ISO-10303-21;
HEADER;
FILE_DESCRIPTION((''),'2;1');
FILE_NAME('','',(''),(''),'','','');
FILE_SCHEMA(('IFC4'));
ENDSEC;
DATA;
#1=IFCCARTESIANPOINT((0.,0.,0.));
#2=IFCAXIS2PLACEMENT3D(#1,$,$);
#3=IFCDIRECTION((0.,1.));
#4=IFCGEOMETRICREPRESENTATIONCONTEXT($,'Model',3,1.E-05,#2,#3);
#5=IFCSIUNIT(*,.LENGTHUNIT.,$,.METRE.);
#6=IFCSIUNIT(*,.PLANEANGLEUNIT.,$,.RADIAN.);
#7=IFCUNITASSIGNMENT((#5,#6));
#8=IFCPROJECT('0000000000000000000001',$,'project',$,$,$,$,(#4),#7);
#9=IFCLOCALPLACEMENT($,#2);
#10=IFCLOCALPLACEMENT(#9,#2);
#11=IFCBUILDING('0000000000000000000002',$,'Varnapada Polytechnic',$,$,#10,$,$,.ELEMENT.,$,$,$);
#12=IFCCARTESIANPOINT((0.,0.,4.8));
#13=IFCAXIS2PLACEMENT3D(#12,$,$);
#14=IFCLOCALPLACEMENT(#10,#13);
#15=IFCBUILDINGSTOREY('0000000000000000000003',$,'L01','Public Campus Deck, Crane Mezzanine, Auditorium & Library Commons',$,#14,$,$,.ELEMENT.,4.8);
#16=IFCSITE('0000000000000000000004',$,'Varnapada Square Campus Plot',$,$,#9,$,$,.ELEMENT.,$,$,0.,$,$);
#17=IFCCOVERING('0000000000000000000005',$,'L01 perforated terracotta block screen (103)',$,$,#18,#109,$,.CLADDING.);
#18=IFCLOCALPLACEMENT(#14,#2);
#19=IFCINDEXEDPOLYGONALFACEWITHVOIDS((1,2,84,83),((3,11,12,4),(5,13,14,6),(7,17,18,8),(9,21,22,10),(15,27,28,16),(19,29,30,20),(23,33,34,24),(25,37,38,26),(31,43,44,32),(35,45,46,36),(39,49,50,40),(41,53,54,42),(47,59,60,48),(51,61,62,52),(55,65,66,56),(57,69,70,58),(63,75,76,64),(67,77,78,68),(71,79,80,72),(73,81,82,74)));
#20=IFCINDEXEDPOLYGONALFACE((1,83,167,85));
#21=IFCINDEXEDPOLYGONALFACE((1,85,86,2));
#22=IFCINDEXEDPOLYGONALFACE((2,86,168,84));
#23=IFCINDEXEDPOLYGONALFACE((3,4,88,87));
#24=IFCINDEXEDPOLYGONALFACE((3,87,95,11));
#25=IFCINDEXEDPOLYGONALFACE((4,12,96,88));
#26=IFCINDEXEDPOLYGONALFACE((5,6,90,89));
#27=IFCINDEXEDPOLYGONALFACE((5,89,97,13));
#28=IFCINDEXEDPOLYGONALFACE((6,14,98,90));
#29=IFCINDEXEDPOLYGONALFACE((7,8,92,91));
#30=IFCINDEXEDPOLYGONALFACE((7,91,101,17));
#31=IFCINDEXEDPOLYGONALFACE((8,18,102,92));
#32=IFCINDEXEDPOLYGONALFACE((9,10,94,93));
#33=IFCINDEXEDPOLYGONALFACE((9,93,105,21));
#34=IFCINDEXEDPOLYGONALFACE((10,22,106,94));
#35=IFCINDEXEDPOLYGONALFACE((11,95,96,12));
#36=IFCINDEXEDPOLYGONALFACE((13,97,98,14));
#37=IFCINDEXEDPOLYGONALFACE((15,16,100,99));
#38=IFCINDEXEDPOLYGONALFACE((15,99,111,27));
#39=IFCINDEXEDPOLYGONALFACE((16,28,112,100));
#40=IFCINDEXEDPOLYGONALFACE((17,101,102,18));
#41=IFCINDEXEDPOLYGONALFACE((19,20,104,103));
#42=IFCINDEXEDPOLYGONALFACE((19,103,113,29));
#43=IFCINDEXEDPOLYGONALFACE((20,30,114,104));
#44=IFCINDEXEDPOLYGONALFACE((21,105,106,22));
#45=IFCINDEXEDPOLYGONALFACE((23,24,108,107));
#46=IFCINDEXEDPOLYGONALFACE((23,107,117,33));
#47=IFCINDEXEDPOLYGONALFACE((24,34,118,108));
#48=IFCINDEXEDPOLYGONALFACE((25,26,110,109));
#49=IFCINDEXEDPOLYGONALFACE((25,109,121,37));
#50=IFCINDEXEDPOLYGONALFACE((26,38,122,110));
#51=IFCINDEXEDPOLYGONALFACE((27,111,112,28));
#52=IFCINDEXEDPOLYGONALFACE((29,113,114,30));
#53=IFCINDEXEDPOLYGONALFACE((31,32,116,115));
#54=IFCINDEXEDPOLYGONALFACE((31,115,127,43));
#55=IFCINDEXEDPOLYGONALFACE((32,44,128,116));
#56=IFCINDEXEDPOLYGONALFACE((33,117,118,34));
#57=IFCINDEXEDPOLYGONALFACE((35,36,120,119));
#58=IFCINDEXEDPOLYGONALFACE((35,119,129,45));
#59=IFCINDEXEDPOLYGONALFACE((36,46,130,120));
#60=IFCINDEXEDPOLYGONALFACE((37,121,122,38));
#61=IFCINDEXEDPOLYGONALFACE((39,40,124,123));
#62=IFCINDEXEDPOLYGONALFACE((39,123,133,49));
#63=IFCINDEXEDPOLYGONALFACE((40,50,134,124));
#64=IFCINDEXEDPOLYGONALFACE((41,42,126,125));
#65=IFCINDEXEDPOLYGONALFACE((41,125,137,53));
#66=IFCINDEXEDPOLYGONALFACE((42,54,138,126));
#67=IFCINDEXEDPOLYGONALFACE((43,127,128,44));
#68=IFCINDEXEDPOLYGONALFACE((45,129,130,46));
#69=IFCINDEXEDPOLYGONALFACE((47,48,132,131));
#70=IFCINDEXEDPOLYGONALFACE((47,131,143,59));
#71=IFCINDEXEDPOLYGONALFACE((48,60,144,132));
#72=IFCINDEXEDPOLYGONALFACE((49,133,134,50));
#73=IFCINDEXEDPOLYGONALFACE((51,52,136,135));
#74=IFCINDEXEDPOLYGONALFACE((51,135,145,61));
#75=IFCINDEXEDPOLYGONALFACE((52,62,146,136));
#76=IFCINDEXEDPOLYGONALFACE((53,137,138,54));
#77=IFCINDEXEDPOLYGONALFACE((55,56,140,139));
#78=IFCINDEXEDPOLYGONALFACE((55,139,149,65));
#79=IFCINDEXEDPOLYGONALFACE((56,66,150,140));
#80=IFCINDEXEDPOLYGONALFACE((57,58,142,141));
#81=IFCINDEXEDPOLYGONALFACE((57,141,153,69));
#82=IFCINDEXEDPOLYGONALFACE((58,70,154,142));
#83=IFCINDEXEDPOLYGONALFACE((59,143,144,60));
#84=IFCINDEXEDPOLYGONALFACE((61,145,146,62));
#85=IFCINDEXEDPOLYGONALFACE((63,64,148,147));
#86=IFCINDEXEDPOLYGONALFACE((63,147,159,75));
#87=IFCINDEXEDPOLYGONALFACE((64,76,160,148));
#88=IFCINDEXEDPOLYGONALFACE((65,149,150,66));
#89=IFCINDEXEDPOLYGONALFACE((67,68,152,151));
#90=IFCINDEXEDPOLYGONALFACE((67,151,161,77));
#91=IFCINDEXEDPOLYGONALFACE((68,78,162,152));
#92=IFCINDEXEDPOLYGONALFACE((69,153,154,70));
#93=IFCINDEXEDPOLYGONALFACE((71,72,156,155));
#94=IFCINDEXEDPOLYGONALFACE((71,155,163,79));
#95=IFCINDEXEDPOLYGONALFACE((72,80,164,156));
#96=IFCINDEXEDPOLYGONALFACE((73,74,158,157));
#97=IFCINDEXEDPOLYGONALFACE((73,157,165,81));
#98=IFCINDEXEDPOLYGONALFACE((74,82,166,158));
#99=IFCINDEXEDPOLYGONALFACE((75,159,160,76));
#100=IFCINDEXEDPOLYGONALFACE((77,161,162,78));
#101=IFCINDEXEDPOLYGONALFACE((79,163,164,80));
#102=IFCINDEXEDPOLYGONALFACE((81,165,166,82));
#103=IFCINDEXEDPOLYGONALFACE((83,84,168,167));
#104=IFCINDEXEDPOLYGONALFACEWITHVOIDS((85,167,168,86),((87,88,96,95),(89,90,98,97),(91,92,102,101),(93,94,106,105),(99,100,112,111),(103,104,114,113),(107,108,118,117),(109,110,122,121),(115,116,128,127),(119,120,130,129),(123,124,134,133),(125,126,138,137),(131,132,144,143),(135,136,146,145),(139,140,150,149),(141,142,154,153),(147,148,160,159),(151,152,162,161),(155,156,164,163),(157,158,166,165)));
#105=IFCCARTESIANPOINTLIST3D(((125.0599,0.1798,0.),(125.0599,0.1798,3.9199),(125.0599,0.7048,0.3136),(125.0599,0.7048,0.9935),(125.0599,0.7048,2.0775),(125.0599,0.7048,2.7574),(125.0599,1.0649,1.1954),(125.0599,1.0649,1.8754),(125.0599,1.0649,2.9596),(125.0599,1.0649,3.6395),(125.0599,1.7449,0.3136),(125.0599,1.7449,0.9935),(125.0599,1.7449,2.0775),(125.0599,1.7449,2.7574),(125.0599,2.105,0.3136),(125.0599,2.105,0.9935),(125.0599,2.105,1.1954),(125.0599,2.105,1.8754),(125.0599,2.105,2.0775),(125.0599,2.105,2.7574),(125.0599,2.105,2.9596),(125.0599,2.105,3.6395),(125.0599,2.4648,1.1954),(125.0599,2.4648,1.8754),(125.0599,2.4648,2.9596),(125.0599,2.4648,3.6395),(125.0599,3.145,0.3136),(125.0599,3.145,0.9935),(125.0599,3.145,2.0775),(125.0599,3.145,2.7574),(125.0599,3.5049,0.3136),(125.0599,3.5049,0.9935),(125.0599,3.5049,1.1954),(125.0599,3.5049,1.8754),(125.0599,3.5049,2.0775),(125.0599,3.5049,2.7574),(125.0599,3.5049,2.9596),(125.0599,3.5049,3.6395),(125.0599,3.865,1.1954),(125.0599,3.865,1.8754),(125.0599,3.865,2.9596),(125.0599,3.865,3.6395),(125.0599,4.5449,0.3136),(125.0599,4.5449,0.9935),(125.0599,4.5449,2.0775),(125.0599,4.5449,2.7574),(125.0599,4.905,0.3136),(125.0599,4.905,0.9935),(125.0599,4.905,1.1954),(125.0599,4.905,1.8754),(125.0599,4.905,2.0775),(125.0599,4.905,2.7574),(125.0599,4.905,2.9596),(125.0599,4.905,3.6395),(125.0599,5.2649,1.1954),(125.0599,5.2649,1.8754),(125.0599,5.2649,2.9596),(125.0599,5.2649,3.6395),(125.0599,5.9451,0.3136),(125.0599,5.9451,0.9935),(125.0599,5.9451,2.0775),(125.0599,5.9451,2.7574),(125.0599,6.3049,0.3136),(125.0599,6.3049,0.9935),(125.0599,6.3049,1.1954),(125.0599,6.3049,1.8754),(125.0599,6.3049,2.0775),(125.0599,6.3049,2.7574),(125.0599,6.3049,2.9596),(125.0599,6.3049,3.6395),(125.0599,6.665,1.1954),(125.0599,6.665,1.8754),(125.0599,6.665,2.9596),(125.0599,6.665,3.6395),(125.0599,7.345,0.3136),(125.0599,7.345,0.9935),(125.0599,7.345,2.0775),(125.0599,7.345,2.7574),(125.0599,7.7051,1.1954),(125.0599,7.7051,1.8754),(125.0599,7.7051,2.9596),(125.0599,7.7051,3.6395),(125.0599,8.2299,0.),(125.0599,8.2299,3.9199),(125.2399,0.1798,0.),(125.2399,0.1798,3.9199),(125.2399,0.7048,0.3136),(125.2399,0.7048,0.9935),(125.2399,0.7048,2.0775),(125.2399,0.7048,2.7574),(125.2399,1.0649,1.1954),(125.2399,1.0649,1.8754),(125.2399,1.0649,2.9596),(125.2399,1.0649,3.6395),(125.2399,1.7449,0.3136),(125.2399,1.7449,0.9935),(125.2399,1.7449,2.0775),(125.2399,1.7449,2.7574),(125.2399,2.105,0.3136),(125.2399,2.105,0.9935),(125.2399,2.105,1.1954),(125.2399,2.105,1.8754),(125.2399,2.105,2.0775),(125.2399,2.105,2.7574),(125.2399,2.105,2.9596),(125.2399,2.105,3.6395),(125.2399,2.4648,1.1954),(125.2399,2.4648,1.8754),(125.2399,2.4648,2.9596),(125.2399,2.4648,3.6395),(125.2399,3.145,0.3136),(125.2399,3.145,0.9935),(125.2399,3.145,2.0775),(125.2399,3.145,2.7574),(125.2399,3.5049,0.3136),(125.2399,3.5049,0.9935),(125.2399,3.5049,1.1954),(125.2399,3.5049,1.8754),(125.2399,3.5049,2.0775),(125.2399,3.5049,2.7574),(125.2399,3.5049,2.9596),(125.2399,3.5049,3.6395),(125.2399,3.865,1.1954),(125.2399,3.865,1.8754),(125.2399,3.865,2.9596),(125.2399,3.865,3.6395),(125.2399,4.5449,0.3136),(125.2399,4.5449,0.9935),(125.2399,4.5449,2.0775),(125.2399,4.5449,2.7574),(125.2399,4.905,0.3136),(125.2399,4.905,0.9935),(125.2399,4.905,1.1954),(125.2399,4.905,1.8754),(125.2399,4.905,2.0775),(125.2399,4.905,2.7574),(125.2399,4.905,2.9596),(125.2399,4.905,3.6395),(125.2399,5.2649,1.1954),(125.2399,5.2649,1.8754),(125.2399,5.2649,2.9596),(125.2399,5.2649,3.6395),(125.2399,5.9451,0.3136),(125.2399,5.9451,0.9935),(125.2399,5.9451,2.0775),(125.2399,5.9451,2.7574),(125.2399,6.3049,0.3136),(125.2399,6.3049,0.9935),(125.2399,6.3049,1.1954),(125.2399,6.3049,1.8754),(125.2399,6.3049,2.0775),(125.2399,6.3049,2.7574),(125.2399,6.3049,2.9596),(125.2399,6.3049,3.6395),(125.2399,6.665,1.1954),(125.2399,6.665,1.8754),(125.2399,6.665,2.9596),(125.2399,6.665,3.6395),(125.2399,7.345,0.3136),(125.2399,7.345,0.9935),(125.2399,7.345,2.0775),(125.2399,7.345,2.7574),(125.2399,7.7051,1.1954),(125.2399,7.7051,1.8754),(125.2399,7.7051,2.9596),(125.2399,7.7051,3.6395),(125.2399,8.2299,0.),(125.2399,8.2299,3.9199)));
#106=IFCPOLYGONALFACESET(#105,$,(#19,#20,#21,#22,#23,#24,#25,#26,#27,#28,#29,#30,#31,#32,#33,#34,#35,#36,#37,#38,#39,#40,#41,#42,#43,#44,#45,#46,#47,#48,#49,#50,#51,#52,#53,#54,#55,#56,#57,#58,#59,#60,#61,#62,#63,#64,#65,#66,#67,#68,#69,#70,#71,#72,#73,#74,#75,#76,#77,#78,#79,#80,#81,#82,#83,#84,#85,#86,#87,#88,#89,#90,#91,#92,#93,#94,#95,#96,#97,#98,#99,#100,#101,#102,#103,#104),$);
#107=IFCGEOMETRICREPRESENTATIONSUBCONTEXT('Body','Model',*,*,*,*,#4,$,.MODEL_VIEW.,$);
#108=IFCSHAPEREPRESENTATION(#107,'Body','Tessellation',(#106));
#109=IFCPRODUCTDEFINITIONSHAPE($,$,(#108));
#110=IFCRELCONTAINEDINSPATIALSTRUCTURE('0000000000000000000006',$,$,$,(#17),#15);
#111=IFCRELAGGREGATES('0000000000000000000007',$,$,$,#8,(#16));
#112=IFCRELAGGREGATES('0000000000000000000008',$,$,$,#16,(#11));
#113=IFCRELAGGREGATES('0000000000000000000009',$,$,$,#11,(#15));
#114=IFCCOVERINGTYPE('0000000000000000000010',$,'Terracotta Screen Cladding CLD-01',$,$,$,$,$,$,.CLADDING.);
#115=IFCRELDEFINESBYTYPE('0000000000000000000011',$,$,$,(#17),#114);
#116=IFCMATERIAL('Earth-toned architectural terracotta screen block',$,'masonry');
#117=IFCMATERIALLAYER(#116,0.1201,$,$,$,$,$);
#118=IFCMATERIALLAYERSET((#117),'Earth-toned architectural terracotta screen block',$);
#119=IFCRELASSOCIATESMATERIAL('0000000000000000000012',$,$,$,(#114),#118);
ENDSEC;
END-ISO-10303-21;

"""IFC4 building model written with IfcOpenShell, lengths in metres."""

from ifc_helpers import new_model, si_unit, direction, frame, frame_2d, origin, place, context, subcontext, project, spatial, rectangle, extrude, material, layer, layer_set, type_object, element, save


model = new_model("IFC4")

# Units and contexts
model_context = context("Model", 3, precision=1e-05, world=origin(), true_north=direction((0.0, 1.0)))
body_context = subcontext(model_context, "Body", "Model", "MODEL_VIEW")
ifc_project = project(units=[si_unit("LENGTHUNIT", "METRE"), si_unit("PLANEANGLEUNIT", "RADIAN")], contexts=[model_context])

# Site, building, storey
site_placement = place(None, origin())
site = spatial("IfcSite", under=ifc_project, at=site_placement, Name="Varnapada Square Campus Plot", CompositionType="ELEMENT", RefElevation=0.0)
building_placement = place(site_placement, origin())
building = spatial("IfcBuilding", under=site, at=building_placement, Name="Varnapada Polytechnic", CompositionType="ELEMENT")
storey_placement = place(building_placement, frame((0.0, 0.0, 4.8)))
storey = spatial("IfcBuildingStorey", under=building, at=storey_placement, Name="L01", Description="Public Campus Deck, Crane Mezzanine, Auditorium & Library Commons", CompositionType="ELEMENT", Elevation=4.8)

# Covering, openings
ifc_material = material(Name="Earth-toned architectural terracotta screen block", Category="masonry")
ifc_layer = layer(ifc_material, 0.1201)
ifc_layer_set = layer_set([ifc_layer], Name="Earth-toned architectural terracotta screen block")
covering_type = type_object("IfcCoveringType", Name="Terracotta Screen Cladding CLD-01", PredefinedType="CLADDING", material=ifc_layer_set)
covering_placement = place(storey_placement, frame((125.1499, 0.1799, 0.0), z_axis=(0.0, 0.0, 1.0), x_axis=(0.0, 1.0, 0.0)))
covering = element("IfcCovering", 1, at=covering_placement, inside=storey, type_object=covering_type, Name="L01 perforated terracotta block screen (103)", PredefinedType="CLADDING", context=body_context, shape_type="SweptSolid", body=[
    extrude(rectangle(XDim=8.05, YDim=0.1799, at=frame_2d((4.0249, 0.0))), origin(), (0.0, 0.0, 1.0), 3.9199),
])
opening_1_placement = place(covering_placement, frame((0.5249, 0.0, 0.3137)))
element("IfcOpeningElement", 2, at=opening_1_placement, cuts=covering, PredefinedType="OPENING", context=body_context, shape_type="SweptSolid", body=[
    extrude(rectangle(XDim=1.04, YDim=0.6799, at=frame_2d((0.52, 0.3398))), frame((0.0, 0.0999, 0.0), z_axis=(0.0, -1.0, 0.0), x_axis=(1.0, 0.0, 0.0)), (0.0, 0.0, 1.0), 0.2),
])
opening_2_placement = place(covering_placement, frame((1.925, 0.0, 0.3137)))
element("IfcOpeningElement", 3, at=opening_2_placement, cuts=covering, PredefinedType="OPENING", context=body_context, shape_type="SweptSolid", body=[
    extrude(rectangle(XDim=1.04, YDim=0.6799, at=frame_2d((0.52, 0.3398))), frame((0.0, 0.0999, 0.0), z_axis=(0.0, -1.0, 0.0), x_axis=(1.0, 0.0, 0.0)), (0.0, 0.0, 1.0), 0.2),
])
opening_3_placement = place(covering_placement, frame((3.325, 0.0, 0.3137)))
element("IfcOpeningElement", 4, at=opening_3_placement, cuts=covering, PredefinedType="OPENING", context=body_context, shape_type="SweptSolid", body=[
    extrude(rectangle(XDim=1.04, YDim=0.6799, at=frame_2d((0.52, 0.3398))), frame((0.0, 0.0999, 0.0), z_axis=(0.0, -1.0, 0.0), x_axis=(1.0, 0.0, 0.0)), (0.0, 0.0, 1.0), 0.2),
])
opening_4_placement = place(covering_placement, frame((4.7251, 0.0, 0.3137)))
element("IfcOpeningElement", 5, at=opening_4_placement, cuts=covering, PredefinedType="OPENING", context=body_context, shape_type="SweptSolid", body=[
    extrude(rectangle(XDim=1.04, YDim=0.6799, at=frame_2d((0.52, 0.3398))), frame((0.0, 0.0999, 0.0), z_axis=(0.0, -1.0, 0.0), x_axis=(1.0, 0.0, 0.0)), (0.0, 0.0, 1.0), 0.2),
])
opening_5_placement = place(covering_placement, frame((6.125, 0.0, 0.3137)))
element("IfcOpeningElement", 6, at=opening_5_placement, cuts=covering, PredefinedType="OPENING", context=body_context, shape_type="SweptSolid", body=[
    extrude(rectangle(XDim=1.04, YDim=0.6799, at=frame_2d((0.52, 0.3398))), frame((0.0, 0.0999, 0.0), z_axis=(0.0, -1.0, 0.0), x_axis=(1.0, 0.0, 0.0)), (0.0, 0.0, 1.0), 0.2),
])
opening_6_placement = place(covering_placement, frame((0.885, 0.0, 1.1956)))
element("IfcOpeningElement", 7, at=opening_6_placement, cuts=covering, PredefinedType="OPENING", context=body_context, shape_type="SweptSolid", body=[
    extrude(rectangle(XDim=1.04, YDim=0.6799, at=frame_2d((0.52, 0.3398))), frame((0.0, 0.0999, 0.0), z_axis=(0.0, -1.0, 0.0), x_axis=(1.0, 0.0, 0.0)), (0.0, 0.0, 1.0), 0.2),
])
opening_7_placement = place(covering_placement, frame((2.2849, 0.0, 1.1956)))
element("IfcOpeningElement", 8, at=opening_7_placement, cuts=covering, PredefinedType="OPENING", context=body_context, shape_type="SweptSolid", body=[
    extrude(rectangle(XDim=1.04, YDim=0.6799, at=frame_2d((0.52, 0.3398))), frame((0.0, 0.0999, 0.0), z_axis=(0.0, -1.0, 0.0), x_axis=(1.0, 0.0, 0.0)), (0.0, 0.0, 1.0), 0.2),
])
opening_8_placement = place(covering_placement, frame((3.6851, 0.0, 1.1956)))
element("IfcOpeningElement", 9, at=opening_8_placement, cuts=covering, PredefinedType="OPENING", context=body_context, shape_type="SweptSolid", body=[
    extrude(rectangle(XDim=1.04, YDim=0.6799, at=frame_2d((0.52, 0.3398))), frame((0.0, 0.0999, 0.0), z_axis=(0.0, -1.0, 0.0), x_axis=(1.0, 0.0, 0.0)), (0.0, 0.0, 1.0), 0.2),
])
opening_9_placement = place(covering_placement, frame((5.085, 0.0, 1.1956)))
element("IfcOpeningElement", 10, at=opening_9_placement, cuts=covering, PredefinedType="OPENING", context=body_context, shape_type="SweptSolid", body=[
    extrude(rectangle(XDim=1.04, YDim=0.6799, at=frame_2d((0.52, 0.3398))), frame((0.0, 0.0999, 0.0), z_axis=(0.0, -1.0, 0.0), x_axis=(1.0, 0.0, 0.0)), (0.0, 0.0, 1.0), 0.2),
])
opening_10_placement = place(covering_placement, frame((6.4851, 0.0, 1.1956)))
element("IfcOpeningElement", 11, at=opening_10_placement, cuts=covering, PredefinedType="OPENING", context=body_context, shape_type="SweptSolid", body=[
    extrude(rectangle(XDim=1.04, YDim=0.6799, at=frame_2d((0.52, 0.3398))), frame((0.0, 0.0999, 0.0), z_axis=(0.0, -1.0, 0.0), x_axis=(1.0, 0.0, 0.0)), (0.0, 0.0, 1.0), 0.2),
])
opening_11_placement = place(covering_placement, frame((0.5249, 0.0, 2.0776)))
element("IfcOpeningElement", 12, at=opening_11_placement, cuts=covering, PredefinedType="OPENING", context=body_context, shape_type="SweptSolid", body=[
    extrude(rectangle(XDim=1.04, YDim=0.6799, at=frame_2d((0.52, 0.3398))), frame((0.0, 0.0999, 0.0), z_axis=(0.0, -1.0, 0.0), x_axis=(1.0, 0.0, 0.0)), (0.0, 0.0, 1.0), 0.2),
])
opening_12_placement = place(covering_placement, frame((1.925, 0.0, 2.0776)))
element("IfcOpeningElement", 13, at=opening_12_placement, cuts=covering, PredefinedType="OPENING", context=body_context, shape_type="SweptSolid", body=[
    extrude(rectangle(XDim=1.04, YDim=0.6799, at=frame_2d((0.52, 0.3398))), frame((0.0, 0.0999, 0.0), z_axis=(0.0, -1.0, 0.0), x_axis=(1.0, 0.0, 0.0)), (0.0, 0.0, 1.0), 0.2),
])
opening_13_placement = place(covering_placement, frame((3.325, 0.0, 2.0776)))
element("IfcOpeningElement", 14, at=opening_13_placement, cuts=covering, PredefinedType="OPENING", context=body_context, shape_type="SweptSolid", body=[
    extrude(rectangle(XDim=1.04, YDim=0.6799, at=frame_2d((0.52, 0.3398))), frame((0.0, 0.0999, 0.0), z_axis=(0.0, -1.0, 0.0), x_axis=(1.0, 0.0, 0.0)), (0.0, 0.0, 1.0), 0.2),
])
opening_14_placement = place(covering_placement, frame((4.7251, 0.0, 2.0776)))
element("IfcOpeningElement", 15, at=opening_14_placement, cuts=covering, PredefinedType="OPENING", context=body_context, shape_type="SweptSolid", body=[
    extrude(rectangle(XDim=1.04, YDim=0.6799, at=frame_2d((0.52, 0.3398))), frame((0.0, 0.0999, 0.0), z_axis=(0.0, -1.0, 0.0), x_axis=(1.0, 0.0, 0.0)), (0.0, 0.0, 1.0), 0.2),
])
opening_15_placement = place(covering_placement, frame((6.125, 0.0, 2.0776)))
element("IfcOpeningElement", 16, at=opening_15_placement, cuts=covering, PredefinedType="OPENING", context=body_context, shape_type="SweptSolid", body=[
    extrude(rectangle(XDim=1.04, YDim=0.6799, at=frame_2d((0.52, 0.3398))), frame((0.0, 0.0999, 0.0), z_axis=(0.0, -1.0, 0.0), x_axis=(1.0, 0.0, 0.0)), (0.0, 0.0, 1.0), 0.2),
])
opening_16_placement = place(covering_placement, frame((0.885, 0.0, 2.9597)))
element("IfcOpeningElement", 17, at=opening_16_placement, cuts=covering, PredefinedType="OPENING", context=body_context, shape_type="SweptSolid", body=[
    extrude(rectangle(XDim=1.04, YDim=0.6799, at=frame_2d((0.52, 0.3398))), frame((0.0, 0.0999, 0.0), z_axis=(0.0, -1.0, 0.0), x_axis=(1.0, 0.0, 0.0)), (0.0, 0.0, 1.0), 0.2),
])
opening_17_placement = place(covering_placement, frame((2.2849, 0.0, 2.9597)))
element("IfcOpeningElement", 18, at=opening_17_placement, cuts=covering, PredefinedType="OPENING", context=body_context, shape_type="SweptSolid", body=[
    extrude(rectangle(XDim=1.04, YDim=0.6799, at=frame_2d((0.52, 0.3398))), frame((0.0, 0.0999, 0.0), z_axis=(0.0, -1.0, 0.0), x_axis=(1.0, 0.0, 0.0)), (0.0, 0.0, 1.0), 0.2),
])
opening_18_placement = place(covering_placement, frame((3.6851, 0.0, 2.9597)))
element("IfcOpeningElement", 19, at=opening_18_placement, cuts=covering, PredefinedType="OPENING", context=body_context, shape_type="SweptSolid", body=[
    extrude(rectangle(XDim=1.04, YDim=0.6799, at=frame_2d((0.52, 0.3398))), frame((0.0, 0.0999, 0.0), z_axis=(0.0, -1.0, 0.0), x_axis=(1.0, 0.0, 0.0)), (0.0, 0.0, 1.0), 0.2),
])
opening_19_placement = place(covering_placement, frame((5.085, 0.0, 2.9597)))
element("IfcOpeningElement", 20, at=opening_19_placement, cuts=covering, PredefinedType="OPENING", context=body_context, shape_type="SweptSolid", body=[
    extrude(rectangle(XDim=1.04, YDim=0.6799, at=frame_2d((0.52, 0.3398))), frame((0.0, 0.0999, 0.0), z_axis=(0.0, -1.0, 0.0), x_axis=(1.0, 0.0, 0.0)), (0.0, 0.0, 1.0), 0.2),
])
opening_20_placement = place(covering_placement, frame((6.4851, 0.0, 2.9597)))
element("IfcOpeningElement", 21, at=opening_20_placement, cuts=covering, PredefinedType="OPENING", context=body_context, shape_type="SweptSolid", body=[
    extrude(rectangle(XDim=1.04, YDim=0.6799, at=frame_2d((0.52, 0.3398))), frame((0.0, 0.0999, 0.0), z_axis=(0.0, -1.0, 0.0), x_axis=(1.0, 0.0, 0.0)), (0.0, 0.0, 1.0), 0.2),
])

save(model, "model.ifc")
